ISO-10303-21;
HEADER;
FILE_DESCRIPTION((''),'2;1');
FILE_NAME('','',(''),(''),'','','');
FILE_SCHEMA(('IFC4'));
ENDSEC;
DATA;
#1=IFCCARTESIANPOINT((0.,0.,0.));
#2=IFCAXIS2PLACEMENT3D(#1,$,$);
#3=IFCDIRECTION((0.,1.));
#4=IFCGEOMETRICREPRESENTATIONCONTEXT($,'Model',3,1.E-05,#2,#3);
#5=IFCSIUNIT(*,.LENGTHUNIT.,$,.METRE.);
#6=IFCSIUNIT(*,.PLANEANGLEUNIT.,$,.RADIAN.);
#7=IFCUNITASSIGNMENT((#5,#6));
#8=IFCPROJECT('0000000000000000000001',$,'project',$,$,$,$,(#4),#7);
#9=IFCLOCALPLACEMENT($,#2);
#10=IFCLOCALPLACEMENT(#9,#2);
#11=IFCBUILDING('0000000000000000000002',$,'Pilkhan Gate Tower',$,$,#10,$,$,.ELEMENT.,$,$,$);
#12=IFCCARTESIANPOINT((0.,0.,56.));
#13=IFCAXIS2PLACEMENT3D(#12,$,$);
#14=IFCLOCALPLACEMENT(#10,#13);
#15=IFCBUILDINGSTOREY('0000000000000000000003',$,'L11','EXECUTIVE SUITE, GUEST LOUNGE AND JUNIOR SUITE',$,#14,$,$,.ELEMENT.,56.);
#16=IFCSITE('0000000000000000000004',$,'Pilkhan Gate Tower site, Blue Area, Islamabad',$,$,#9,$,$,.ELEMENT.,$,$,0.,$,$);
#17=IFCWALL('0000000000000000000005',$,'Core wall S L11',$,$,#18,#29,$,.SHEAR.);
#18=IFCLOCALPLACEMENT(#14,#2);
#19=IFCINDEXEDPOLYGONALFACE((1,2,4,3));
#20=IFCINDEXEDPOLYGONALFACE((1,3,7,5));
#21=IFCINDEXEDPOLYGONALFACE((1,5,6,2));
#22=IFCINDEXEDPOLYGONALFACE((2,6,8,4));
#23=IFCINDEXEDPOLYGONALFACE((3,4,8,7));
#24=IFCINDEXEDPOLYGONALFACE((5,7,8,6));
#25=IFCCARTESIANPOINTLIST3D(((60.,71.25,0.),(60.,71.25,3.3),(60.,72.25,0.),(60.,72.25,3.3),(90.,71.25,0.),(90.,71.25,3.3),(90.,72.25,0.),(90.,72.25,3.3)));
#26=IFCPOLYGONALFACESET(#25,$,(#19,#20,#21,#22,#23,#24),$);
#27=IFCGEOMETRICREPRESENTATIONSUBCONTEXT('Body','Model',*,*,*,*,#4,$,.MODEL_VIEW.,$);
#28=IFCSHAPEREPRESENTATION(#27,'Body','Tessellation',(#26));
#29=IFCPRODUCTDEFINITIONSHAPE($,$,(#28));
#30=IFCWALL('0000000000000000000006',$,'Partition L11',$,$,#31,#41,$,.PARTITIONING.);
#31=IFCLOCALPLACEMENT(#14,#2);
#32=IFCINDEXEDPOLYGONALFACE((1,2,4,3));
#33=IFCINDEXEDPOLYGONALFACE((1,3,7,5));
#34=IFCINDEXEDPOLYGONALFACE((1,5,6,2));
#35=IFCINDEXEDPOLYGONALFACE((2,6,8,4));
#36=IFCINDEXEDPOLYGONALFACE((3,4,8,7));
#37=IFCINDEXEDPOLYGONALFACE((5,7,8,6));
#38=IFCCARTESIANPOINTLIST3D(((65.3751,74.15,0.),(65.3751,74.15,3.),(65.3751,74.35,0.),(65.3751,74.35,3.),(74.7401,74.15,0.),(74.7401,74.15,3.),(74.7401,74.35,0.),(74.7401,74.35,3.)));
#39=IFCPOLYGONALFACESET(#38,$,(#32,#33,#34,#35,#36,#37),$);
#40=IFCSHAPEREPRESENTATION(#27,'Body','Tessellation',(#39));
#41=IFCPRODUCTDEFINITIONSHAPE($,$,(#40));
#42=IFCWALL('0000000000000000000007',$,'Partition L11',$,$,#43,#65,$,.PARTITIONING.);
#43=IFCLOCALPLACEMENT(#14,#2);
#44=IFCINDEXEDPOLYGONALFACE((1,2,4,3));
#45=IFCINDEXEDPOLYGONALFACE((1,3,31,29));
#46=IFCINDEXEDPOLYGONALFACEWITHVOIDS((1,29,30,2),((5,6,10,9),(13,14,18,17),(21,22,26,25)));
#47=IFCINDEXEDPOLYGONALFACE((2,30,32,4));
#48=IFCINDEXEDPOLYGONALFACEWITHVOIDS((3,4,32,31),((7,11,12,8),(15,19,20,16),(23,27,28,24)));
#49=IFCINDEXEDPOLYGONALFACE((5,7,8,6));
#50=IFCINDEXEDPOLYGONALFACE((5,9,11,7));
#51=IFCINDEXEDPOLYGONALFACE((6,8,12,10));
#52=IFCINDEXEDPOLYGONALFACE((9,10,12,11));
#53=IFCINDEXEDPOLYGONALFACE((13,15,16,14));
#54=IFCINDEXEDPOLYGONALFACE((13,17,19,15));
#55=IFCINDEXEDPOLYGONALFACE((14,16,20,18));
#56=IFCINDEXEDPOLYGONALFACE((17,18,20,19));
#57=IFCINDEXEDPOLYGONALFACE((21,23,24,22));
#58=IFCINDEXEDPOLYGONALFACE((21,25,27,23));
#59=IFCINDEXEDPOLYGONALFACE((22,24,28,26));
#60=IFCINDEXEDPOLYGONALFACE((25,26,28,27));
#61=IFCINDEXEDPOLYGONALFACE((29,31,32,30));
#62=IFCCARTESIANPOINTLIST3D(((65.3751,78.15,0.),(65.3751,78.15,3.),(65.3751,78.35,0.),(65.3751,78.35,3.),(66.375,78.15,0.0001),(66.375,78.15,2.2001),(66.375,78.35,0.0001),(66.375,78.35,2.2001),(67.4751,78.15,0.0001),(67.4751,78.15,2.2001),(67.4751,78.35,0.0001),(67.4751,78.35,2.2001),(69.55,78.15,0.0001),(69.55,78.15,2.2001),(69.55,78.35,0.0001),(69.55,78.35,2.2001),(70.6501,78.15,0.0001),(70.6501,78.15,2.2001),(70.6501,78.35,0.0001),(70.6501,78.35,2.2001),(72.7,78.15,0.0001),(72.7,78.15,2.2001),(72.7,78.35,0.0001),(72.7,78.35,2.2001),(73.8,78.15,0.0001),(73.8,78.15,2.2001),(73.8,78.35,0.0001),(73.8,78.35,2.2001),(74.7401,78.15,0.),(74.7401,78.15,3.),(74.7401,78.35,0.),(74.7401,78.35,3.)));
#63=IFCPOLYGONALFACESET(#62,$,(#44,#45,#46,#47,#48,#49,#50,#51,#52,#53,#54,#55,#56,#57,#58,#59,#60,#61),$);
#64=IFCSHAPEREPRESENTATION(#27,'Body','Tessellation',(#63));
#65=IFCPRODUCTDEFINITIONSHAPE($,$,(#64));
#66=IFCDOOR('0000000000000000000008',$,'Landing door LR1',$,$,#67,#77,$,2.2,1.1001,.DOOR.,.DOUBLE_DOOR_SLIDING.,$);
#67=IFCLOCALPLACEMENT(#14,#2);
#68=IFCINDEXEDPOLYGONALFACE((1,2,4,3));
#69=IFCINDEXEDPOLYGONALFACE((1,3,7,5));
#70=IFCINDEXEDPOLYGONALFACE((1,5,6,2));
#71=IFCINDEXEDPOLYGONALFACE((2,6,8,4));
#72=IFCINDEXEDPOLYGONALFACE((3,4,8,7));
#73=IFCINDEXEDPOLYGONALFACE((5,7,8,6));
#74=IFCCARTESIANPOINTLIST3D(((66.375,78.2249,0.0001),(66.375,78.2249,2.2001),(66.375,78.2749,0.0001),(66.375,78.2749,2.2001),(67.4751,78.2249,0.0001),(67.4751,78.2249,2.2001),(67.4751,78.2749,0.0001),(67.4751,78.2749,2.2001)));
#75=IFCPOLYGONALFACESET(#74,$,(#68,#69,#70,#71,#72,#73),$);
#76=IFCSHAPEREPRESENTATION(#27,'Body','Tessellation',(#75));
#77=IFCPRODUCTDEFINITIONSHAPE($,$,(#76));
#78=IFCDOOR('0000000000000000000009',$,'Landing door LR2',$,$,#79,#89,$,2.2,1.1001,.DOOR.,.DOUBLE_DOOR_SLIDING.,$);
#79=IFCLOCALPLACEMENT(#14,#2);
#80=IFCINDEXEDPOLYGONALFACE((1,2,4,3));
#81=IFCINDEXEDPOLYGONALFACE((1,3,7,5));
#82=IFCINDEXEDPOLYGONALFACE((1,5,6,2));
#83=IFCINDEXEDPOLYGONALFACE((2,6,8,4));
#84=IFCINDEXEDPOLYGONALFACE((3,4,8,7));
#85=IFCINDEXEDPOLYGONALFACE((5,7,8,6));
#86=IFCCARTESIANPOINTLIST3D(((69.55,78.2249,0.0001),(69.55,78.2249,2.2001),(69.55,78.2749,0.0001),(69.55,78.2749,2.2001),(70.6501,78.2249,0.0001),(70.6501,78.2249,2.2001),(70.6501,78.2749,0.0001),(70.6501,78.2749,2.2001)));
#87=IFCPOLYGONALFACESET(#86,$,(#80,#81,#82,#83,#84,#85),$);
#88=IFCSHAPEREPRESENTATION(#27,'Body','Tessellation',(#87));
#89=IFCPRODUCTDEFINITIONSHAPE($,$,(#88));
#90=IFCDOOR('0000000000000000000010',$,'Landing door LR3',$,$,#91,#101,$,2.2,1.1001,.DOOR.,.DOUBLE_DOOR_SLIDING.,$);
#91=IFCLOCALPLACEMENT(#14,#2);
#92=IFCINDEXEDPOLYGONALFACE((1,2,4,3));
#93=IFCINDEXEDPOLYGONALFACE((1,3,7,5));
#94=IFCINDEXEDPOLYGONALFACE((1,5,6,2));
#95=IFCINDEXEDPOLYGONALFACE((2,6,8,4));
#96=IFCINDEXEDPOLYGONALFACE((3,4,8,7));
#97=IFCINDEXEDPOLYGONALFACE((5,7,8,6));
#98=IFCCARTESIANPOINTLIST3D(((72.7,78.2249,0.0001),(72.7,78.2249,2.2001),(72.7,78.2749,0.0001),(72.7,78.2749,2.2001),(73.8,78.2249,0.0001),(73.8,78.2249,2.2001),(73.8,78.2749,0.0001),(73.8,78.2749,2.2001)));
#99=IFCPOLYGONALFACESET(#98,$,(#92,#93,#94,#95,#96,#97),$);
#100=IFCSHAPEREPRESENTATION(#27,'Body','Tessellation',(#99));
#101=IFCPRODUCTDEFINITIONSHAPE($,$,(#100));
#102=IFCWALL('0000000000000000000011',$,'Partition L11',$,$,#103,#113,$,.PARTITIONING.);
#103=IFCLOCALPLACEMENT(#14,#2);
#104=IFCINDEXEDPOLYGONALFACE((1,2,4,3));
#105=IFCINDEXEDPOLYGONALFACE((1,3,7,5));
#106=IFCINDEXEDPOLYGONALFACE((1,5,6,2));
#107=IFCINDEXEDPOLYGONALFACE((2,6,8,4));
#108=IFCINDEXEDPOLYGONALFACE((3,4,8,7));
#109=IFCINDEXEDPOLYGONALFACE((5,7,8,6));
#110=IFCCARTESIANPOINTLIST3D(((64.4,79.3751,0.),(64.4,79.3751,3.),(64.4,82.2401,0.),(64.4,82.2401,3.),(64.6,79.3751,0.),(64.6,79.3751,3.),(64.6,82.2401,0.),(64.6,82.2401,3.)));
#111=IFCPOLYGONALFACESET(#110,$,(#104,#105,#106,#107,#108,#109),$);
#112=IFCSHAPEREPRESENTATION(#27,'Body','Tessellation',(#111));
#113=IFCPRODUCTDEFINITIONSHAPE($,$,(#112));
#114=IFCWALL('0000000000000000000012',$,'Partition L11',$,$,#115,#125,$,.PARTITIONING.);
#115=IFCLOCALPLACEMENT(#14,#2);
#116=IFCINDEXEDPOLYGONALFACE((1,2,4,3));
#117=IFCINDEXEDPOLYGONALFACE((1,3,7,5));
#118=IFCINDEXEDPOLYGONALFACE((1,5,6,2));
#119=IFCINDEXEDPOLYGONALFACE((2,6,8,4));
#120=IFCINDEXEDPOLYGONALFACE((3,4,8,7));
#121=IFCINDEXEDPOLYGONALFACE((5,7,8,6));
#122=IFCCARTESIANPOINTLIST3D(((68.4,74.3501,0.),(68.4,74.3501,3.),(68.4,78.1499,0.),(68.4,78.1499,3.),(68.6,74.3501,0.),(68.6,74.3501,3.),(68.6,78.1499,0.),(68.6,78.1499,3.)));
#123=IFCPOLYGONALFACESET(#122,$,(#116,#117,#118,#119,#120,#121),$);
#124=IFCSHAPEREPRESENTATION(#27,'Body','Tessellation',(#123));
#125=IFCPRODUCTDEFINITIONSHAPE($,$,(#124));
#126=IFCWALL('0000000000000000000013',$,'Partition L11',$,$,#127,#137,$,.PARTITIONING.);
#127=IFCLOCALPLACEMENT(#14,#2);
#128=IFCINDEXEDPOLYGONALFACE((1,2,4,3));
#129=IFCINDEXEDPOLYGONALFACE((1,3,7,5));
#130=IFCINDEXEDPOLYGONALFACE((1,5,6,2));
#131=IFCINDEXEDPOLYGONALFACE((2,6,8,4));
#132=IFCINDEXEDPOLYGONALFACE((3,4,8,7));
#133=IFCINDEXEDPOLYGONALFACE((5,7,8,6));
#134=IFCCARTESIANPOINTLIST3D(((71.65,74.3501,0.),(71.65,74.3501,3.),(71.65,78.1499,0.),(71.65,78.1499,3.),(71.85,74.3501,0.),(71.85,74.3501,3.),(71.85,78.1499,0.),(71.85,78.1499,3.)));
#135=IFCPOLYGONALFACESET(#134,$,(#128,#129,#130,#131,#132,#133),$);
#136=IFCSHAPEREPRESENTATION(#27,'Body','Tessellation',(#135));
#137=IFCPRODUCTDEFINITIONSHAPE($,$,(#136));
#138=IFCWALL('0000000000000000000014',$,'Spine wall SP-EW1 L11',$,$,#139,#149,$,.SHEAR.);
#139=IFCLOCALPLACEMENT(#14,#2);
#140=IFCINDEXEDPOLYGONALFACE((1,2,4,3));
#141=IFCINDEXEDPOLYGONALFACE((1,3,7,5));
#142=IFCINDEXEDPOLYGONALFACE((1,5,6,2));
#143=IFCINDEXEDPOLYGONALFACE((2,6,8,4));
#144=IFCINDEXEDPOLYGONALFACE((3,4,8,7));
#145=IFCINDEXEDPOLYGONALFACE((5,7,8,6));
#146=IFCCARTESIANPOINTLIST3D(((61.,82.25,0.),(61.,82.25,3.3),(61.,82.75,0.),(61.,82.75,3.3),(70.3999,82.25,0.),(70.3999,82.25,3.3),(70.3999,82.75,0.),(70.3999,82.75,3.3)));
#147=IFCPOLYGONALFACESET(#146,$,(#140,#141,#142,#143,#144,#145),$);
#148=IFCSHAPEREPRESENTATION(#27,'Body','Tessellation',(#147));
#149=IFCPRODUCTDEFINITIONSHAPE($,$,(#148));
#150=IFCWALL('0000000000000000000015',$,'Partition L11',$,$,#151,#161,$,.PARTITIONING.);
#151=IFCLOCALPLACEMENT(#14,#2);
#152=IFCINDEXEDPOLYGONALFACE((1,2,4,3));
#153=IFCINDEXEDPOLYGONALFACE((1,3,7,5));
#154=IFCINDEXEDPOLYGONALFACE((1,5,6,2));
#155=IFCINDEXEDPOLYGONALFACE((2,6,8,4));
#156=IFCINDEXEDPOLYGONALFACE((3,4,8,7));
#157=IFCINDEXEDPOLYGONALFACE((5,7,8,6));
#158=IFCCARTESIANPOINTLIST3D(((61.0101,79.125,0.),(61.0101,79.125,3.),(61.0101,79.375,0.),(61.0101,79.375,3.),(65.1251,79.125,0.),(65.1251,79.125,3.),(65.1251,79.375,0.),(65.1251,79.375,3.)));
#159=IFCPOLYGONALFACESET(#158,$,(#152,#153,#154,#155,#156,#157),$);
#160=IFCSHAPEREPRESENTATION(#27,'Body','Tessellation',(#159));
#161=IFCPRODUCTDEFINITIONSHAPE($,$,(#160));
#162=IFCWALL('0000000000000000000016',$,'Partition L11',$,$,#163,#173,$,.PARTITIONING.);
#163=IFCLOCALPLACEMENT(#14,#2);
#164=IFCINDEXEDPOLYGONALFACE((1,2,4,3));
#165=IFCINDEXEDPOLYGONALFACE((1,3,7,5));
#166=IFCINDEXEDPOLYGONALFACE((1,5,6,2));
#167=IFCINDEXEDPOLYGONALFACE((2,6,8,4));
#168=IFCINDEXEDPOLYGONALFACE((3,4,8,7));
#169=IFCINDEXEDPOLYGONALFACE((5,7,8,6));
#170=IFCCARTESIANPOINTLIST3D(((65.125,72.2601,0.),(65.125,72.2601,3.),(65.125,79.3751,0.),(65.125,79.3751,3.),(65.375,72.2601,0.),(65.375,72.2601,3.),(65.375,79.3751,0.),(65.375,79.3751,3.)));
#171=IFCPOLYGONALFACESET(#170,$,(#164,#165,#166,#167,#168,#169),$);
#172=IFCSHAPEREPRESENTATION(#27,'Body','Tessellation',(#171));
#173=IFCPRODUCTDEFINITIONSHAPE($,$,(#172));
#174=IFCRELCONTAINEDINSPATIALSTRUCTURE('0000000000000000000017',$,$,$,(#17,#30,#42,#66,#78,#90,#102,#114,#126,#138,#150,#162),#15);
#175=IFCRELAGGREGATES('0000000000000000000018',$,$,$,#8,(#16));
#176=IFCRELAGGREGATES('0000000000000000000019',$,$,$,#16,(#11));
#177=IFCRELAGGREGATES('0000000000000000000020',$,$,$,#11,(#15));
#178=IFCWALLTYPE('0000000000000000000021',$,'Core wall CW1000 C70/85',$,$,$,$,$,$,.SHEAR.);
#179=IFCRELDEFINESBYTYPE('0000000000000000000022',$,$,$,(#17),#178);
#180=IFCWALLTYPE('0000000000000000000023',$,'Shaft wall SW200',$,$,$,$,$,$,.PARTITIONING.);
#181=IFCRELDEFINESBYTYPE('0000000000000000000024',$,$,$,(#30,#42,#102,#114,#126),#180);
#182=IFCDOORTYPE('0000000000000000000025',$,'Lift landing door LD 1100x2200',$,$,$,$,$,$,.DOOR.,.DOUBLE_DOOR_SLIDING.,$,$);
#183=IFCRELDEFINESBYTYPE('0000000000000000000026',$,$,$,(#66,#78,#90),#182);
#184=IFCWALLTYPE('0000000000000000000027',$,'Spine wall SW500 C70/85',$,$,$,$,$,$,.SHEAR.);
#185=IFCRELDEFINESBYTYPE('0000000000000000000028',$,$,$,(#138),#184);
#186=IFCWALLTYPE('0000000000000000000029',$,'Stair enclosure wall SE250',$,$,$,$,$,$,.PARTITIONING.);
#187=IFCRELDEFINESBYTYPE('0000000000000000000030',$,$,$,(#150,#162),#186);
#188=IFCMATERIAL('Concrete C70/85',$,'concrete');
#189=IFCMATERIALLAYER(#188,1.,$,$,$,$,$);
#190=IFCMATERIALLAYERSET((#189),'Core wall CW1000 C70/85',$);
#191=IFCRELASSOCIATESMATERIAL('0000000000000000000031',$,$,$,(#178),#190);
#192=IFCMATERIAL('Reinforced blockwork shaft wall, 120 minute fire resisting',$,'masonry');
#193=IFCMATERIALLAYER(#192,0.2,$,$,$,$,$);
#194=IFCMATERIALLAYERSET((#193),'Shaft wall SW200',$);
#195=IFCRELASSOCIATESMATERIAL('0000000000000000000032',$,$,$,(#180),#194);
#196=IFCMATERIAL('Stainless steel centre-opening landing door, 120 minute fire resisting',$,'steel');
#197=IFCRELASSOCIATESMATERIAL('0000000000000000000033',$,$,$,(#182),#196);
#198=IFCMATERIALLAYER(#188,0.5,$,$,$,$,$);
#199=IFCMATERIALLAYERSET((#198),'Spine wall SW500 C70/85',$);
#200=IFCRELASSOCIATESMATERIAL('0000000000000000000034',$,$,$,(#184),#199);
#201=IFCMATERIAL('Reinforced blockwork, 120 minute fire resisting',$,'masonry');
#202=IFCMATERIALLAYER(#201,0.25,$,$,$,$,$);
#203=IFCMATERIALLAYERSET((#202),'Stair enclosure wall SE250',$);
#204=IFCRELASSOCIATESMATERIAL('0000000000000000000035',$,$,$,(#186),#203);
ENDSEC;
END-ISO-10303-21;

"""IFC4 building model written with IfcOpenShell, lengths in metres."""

from ifc_helpers import new_model, si_unit, direction, frame, frame_2d, origin, place, context, subcontext, project, spatial, rectangle, extrude, material, layer, layer_set, type_object, element, fill, save


model = new_model("IFC4")

# Units and contexts
model_context = context("Model", 3, precision=1e-05, world=origin(), true_north=direction((0.0, 1.0)))
body_context = subcontext(model_context, "Body", "Model", "MODEL_VIEW")
ifc_project = project(units=[si_unit("LENGTHUNIT", "METRE"), si_unit("PLANEANGLEUNIT", "RADIAN")], contexts=[model_context])

# Site, building, storey
site_placement = place(None, origin())
site = spatial("IfcSite", under=ifc_project, at=site_placement, Name="Pilkhan Gate Tower site, Blue Area, Islamabad", CompositionType="ELEMENT", RefElevation=0.0)
building_placement = place(site_placement, origin())
building = spatial("IfcBuilding", under=site, at=building_placement, Name="Pilkhan Gate Tower", CompositionType="ELEMENT")
storey_placement = place(building_placement, frame((0.0, 0.0, 56.0)))
storey = spatial("IfcBuildingStorey", under=building, at=storey_placement, Name="L11", Description="EXECUTIVE SUITE, GUEST LOUNGE AND JUNIOR SUITE", CompositionType="ELEMENT", Elevation=56.0)

# Walls
ifc_material_1 = material(Name="Concrete C70/85", Category="concrete")
ifc_layer_1 = layer(ifc_material_1, 1.0)
ifc_layer_set_1 = layer_set([ifc_layer_1], Name="Core wall CW1000 C70/85")
wall_type_1 = type_object("IfcWallType", Name="Core wall CW1000 C70/85", PredefinedType="SHEAR", material=ifc_layer_set_1)
wall_1_placement = place(storey_placement, frame((60.0, 71.75, 0.0), z_axis=(0.0, 0.0, 1.0), x_axis=(1.0, 0.0, 0.0)))
element("IfcWall", 1, at=wall_1_placement, inside=storey, type_object=wall_type_1, Name="Core wall S L11", PredefinedType="SHEAR", context=body_context, shape_type="SweptSolid", body=[
    extrude(rectangle(XDim=30.0, YDim=1.0, at=frame_2d((15.0, 0.0))), origin(), (0.0, 0.0, 1.0), 3.3),
])
ifc_material_2 = material(Name="Reinforced blockwork shaft wall, 120 minute fire resisting", Category="masonry")
ifc_layer_2 = layer(ifc_material_2, 0.2)
ifc_layer_set_2 = layer_set([ifc_layer_2], Name="Shaft wall SW200")
wall_type_2 = type_object("IfcWallType", Name="Shaft wall SW200", PredefinedType="PARTITIONING", material=ifc_layer_set_2)
wall_2_placement = place(storey_placement, frame((65.375, 74.25, 0.0), z_axis=(0.0, 0.0, 1.0), x_axis=(1.0, 0.0, 0.0)))
element("IfcWall", 2, at=wall_2_placement, inside=storey, type_object=wall_type_2, Name="Partition L11", PredefinedType="PARTITIONING", context=body_context, shape_type="SweptSolid", body=[
    extrude(rectangle(XDim=9.365, YDim=0.2, at=frame_2d((4.6826, 0.0))), origin(), (0.0, 0.0, 1.0), 3.0),
])

# Wall, openings, doors
wall_3_placement = place(storey_placement, frame((65.375, 78.25, 0.0), z_axis=(0.0, 0.0, 1.0), x_axis=(1.0, 0.0, 0.0)))
wall_3 = element("IfcWall", 3, at=wall_3_placement, inside=storey, type_object=wall_type_2, Name="Partition L11", PredefinedType="PARTITIONING", context=body_context, shape_type="SweptSolid", body=[
    extrude(rectangle(XDim=9.365, YDim=0.2, at=frame_2d((4.6826, 0.0))), origin(), (0.0, 0.0, 1.0), 3.0),
])
opening_1_placement = place(wall_3_placement, frame((1.0, 0.0, 0.0)))
opening_1 = element("IfcOpeningElement", 4, at=opening_1_placement, cuts=wall_3, PredefinedType="OPENING", context=body_context, shape_type="SweptSolid", body=[
    extrude(rectangle(XDim=1.1001, YDim=2.2, at=frame_2d((0.55, 1.1001))), frame((0.0, 0.1099, 0.0), z_axis=(0.0, -1.0, 0.0), x_axis=(1.0, 0.0, 0.0)), (0.0, 0.0, 1.0), 0.22),
])
opening_2_placement = place(wall_3_placement, frame((4.175, 0.0, 0.0)))
opening_2 = element("IfcOpeningElement", 5, at=opening_2_placement, cuts=wall_3, PredefinedType="OPENING", context=body_context, shape_type="SweptSolid", body=[
    extrude(rectangle(XDim=1.1001, YDim=2.2, at=frame_2d((0.55, 1.1001))), frame((0.0, 0.1099, 0.0), z_axis=(0.0, -1.0, 0.0), x_axis=(1.0, 0.0, 0.0)), (0.0, 0.0, 1.0), 0.22),
])
opening_3_placement = place(wall_3_placement, frame((7.325, 0.0, 0.0)))
opening_3 = element("IfcOpeningElement", 6, at=opening_3_placement, cuts=wall_3, PredefinedType="OPENING", context=body_context, shape_type="SweptSolid", body=[
    extrude(rectangle(XDim=1.1001, YDim=2.2, at=frame_2d((0.55, 1.1001))), frame((0.0, 0.1099, 0.0), z_axis=(0.0, -1.0, 0.0), x_axis=(1.0, 0.0, 0.0)), (0.0, 0.0, 1.0), 0.22),
])
ifc_material_3 = material(Name="Stainless steel centre-opening landing door, 120 minute fire resisting", Category="steel")
door_type = type_object("IfcDoorType", Name="Lift landing door LD 1100x2200", OperationType="DOUBLE_DOOR_SLIDING", PredefinedType="DOOR", material=ifc_material_3)
door_1_placement = place(opening_1_placement, origin())
door_1 = element("IfcDoor", 7, at=door_1_placement, inside=storey, type_object=door_type, Name="Landing door LR1", OperationType="DOUBLE_DOOR_SLIDING", OverallHeight=2.2, OverallWidth=1.1001, PredefinedType="DOOR", context=body_context, shape_type="SweptSolid", body=[
    extrude(rectangle(XDim=1.1001, YDim=2.2, at=frame_2d((0.55, 1.1001))), frame((0.0, 0.0249, 0.0), z_axis=(0.0, -1.0, 0.0), x_axis=(1.0, 0.0, 0.0)), (0.0, 0.0, 1.0), 0.05),
])
fill(opening_1, door_1)
door_2_placement = place(opening_2_placement, origin())
door_2 = element("IfcDoor", 8, at=door_2_placement, inside=storey, type_object=door_type, Name="Landing door LR2", OperationType="DOUBLE_DOOR_SLIDING", OverallHeight=2.2, OverallWidth=1.1001, PredefinedType="DOOR", context=body_context, shape_type="SweptSolid", body=[
    extrude(rectangle(XDim=1.1001, YDim=2.2, at=frame_2d((0.55, 1.1001))), frame((0.0, 0.0249, 0.0), z_axis=(0.0, -1.0, 0.0), x_axis=(1.0, 0.0, 0.0)), (0.0, 0.0, 1.0), 0.05),
])
fill(opening_2, door_2)
door_3_placement = place(opening_3_placement, origin())
door_3 = element("IfcDoor", 9, at=door_3_placement, inside=storey, type_object=door_type, Name="Landing door LR3", OperationType="DOUBLE_DOOR_SLIDING", OverallHeight=2.2, OverallWidth=1.1001, PredefinedType="DOOR", context=body_context, shape_type="SweptSolid", body=[
    extrude(rectangle(XDim=1.1001, YDim=2.2, at=frame_2d((0.55, 1.1001))), frame((0.0, 0.0249, 0.0), z_axis=(0.0, -1.0, 0.0), x_axis=(1.0, 0.0, 0.0)), (0.0, 0.0, 1.0), 0.05),
])
fill(opening_3, door_3)

# Walls
wall_4_placement = place(storey_placement, frame((64.5, 79.375, 0.0), z_axis=(0.0, 0.0, 1.0), x_axis=(0.0, 1.0, 0.0)))
element("IfcWall", 10, at=wall_4_placement, inside=storey, type_object=wall_type_2, Name="Partition L11", PredefinedType="PARTITIONING", context=body_context, shape_type="SweptSolid", body=[
    extrude(rectangle(XDim=2.865, YDim=0.2, at=frame_2d((1.4326, 0.0))), origin(), (0.0, 0.0, 1.0), 3.0),
])
for number, where, z_axis, x_axis, name in (
    (11, (68.5, 74.3501, 0.0), (0.0, 0.0, 1.0), (0.0, 1.0, 0.0), "Partition L11"),
    (12, (71.75, 74.3501, 0.0), (0.0, 0.0, 1.0), (0.0, 1.0, 0.0), "Partition L11"),
):
    element("IfcWall", number, at=place(storey_placement, frame(where, z_axis=z_axis, x_axis=x_axis)), inside=storey, type_object=wall_type_2, Name=name, PredefinedType="PARTITIONING", context=body_context, shape_type="SweptSolid", body=[
        extrude(rectangle(XDim=3.7998, YDim=0.2, at=frame_2d((1.8999, 0.0))), origin(), (0.0, 0.0, 1.0), 3.0),
    ])
ifc_layer_3 = layer(ifc_material_1, 0.5)
ifc_layer_set_3 = layer_set([ifc_layer_3], Name="Spine wall SW500 C70/85")
wall_type_3 = type_object("IfcWallType", Name="Spine wall SW500 C70/85", PredefinedType="SHEAR", material=ifc_layer_set_3)
wall_5_placement = place(storey_placement, frame((61.0, 82.5, 0.0), z_axis=(0.0, 0.0, 1.0), x_axis=(1.0, 0.0, 0.0)))
element("IfcWall", 13, at=wall_5_placement, inside=storey, type_object=wall_type_3, Name="Spine wall SP-EW1 L11", PredefinedType="SHEAR", context=body_context, shape_type="SweptSolid", body=[
    extrude(rectangle(XDim=9.3999, YDim=0.5, at=frame_2d((4.7, 0.0))), origin(), (0.0, 0.0, 1.0), 3.3),
])
ifc_material_4 = material(Name="Reinforced blockwork, 120 minute fire resisting", Category="masonry")
ifc_layer_4 = layer(ifc_material_4, 0.25)
ifc_layer_set_4 = layer_set([ifc_layer_4], Name="Stair enclosure wall SE250")
wall_type_4 = type_object("IfcWallType", Name="Stair enclosure wall SE250", PredefinedType="PARTITIONING", material=ifc_layer_set_4)
wall_6_placement = place(storey_placement, frame((61.01, 79.25, 0.0), z_axis=(0.0, 0.0, 1.0), x_axis=(1.0, 0.0, 0.0)))
element("IfcWall", 14, at=wall_6_placement, inside=storey, type_object=wall_type_4, Name="Partition L11", PredefinedType="PARTITIONING", context=body_context, shape_type="SweptSolid", body=[
    extrude(rectangle(XDim=4.115, YDim=0.25, at=frame_2d((2.0576, 0.0))), origin(), (0.0, 0.0, 1.0), 3.0),
])
wall_7_placement = place(storey_placement, frame((65.25, 72.26, 0.0), z_axis=(0.0, 0.0, 1.0), x_axis=(0.0, 1.0, 0.0)))
element("IfcWall", 15, at=wall_7_placement, inside=storey, type_object=wall_type_4, Name="Partition L11", PredefinedType="PARTITIONING", context=body_context, shape_type="SweptSolid", body=[
    extrude(rectangle(XDim=7.115, YDim=0.25, at=frame_2d((3.5576, 0.0))), origin(), (0.0, 0.0, 1.0), 3.0),
])

save(model, "model.ifc")
